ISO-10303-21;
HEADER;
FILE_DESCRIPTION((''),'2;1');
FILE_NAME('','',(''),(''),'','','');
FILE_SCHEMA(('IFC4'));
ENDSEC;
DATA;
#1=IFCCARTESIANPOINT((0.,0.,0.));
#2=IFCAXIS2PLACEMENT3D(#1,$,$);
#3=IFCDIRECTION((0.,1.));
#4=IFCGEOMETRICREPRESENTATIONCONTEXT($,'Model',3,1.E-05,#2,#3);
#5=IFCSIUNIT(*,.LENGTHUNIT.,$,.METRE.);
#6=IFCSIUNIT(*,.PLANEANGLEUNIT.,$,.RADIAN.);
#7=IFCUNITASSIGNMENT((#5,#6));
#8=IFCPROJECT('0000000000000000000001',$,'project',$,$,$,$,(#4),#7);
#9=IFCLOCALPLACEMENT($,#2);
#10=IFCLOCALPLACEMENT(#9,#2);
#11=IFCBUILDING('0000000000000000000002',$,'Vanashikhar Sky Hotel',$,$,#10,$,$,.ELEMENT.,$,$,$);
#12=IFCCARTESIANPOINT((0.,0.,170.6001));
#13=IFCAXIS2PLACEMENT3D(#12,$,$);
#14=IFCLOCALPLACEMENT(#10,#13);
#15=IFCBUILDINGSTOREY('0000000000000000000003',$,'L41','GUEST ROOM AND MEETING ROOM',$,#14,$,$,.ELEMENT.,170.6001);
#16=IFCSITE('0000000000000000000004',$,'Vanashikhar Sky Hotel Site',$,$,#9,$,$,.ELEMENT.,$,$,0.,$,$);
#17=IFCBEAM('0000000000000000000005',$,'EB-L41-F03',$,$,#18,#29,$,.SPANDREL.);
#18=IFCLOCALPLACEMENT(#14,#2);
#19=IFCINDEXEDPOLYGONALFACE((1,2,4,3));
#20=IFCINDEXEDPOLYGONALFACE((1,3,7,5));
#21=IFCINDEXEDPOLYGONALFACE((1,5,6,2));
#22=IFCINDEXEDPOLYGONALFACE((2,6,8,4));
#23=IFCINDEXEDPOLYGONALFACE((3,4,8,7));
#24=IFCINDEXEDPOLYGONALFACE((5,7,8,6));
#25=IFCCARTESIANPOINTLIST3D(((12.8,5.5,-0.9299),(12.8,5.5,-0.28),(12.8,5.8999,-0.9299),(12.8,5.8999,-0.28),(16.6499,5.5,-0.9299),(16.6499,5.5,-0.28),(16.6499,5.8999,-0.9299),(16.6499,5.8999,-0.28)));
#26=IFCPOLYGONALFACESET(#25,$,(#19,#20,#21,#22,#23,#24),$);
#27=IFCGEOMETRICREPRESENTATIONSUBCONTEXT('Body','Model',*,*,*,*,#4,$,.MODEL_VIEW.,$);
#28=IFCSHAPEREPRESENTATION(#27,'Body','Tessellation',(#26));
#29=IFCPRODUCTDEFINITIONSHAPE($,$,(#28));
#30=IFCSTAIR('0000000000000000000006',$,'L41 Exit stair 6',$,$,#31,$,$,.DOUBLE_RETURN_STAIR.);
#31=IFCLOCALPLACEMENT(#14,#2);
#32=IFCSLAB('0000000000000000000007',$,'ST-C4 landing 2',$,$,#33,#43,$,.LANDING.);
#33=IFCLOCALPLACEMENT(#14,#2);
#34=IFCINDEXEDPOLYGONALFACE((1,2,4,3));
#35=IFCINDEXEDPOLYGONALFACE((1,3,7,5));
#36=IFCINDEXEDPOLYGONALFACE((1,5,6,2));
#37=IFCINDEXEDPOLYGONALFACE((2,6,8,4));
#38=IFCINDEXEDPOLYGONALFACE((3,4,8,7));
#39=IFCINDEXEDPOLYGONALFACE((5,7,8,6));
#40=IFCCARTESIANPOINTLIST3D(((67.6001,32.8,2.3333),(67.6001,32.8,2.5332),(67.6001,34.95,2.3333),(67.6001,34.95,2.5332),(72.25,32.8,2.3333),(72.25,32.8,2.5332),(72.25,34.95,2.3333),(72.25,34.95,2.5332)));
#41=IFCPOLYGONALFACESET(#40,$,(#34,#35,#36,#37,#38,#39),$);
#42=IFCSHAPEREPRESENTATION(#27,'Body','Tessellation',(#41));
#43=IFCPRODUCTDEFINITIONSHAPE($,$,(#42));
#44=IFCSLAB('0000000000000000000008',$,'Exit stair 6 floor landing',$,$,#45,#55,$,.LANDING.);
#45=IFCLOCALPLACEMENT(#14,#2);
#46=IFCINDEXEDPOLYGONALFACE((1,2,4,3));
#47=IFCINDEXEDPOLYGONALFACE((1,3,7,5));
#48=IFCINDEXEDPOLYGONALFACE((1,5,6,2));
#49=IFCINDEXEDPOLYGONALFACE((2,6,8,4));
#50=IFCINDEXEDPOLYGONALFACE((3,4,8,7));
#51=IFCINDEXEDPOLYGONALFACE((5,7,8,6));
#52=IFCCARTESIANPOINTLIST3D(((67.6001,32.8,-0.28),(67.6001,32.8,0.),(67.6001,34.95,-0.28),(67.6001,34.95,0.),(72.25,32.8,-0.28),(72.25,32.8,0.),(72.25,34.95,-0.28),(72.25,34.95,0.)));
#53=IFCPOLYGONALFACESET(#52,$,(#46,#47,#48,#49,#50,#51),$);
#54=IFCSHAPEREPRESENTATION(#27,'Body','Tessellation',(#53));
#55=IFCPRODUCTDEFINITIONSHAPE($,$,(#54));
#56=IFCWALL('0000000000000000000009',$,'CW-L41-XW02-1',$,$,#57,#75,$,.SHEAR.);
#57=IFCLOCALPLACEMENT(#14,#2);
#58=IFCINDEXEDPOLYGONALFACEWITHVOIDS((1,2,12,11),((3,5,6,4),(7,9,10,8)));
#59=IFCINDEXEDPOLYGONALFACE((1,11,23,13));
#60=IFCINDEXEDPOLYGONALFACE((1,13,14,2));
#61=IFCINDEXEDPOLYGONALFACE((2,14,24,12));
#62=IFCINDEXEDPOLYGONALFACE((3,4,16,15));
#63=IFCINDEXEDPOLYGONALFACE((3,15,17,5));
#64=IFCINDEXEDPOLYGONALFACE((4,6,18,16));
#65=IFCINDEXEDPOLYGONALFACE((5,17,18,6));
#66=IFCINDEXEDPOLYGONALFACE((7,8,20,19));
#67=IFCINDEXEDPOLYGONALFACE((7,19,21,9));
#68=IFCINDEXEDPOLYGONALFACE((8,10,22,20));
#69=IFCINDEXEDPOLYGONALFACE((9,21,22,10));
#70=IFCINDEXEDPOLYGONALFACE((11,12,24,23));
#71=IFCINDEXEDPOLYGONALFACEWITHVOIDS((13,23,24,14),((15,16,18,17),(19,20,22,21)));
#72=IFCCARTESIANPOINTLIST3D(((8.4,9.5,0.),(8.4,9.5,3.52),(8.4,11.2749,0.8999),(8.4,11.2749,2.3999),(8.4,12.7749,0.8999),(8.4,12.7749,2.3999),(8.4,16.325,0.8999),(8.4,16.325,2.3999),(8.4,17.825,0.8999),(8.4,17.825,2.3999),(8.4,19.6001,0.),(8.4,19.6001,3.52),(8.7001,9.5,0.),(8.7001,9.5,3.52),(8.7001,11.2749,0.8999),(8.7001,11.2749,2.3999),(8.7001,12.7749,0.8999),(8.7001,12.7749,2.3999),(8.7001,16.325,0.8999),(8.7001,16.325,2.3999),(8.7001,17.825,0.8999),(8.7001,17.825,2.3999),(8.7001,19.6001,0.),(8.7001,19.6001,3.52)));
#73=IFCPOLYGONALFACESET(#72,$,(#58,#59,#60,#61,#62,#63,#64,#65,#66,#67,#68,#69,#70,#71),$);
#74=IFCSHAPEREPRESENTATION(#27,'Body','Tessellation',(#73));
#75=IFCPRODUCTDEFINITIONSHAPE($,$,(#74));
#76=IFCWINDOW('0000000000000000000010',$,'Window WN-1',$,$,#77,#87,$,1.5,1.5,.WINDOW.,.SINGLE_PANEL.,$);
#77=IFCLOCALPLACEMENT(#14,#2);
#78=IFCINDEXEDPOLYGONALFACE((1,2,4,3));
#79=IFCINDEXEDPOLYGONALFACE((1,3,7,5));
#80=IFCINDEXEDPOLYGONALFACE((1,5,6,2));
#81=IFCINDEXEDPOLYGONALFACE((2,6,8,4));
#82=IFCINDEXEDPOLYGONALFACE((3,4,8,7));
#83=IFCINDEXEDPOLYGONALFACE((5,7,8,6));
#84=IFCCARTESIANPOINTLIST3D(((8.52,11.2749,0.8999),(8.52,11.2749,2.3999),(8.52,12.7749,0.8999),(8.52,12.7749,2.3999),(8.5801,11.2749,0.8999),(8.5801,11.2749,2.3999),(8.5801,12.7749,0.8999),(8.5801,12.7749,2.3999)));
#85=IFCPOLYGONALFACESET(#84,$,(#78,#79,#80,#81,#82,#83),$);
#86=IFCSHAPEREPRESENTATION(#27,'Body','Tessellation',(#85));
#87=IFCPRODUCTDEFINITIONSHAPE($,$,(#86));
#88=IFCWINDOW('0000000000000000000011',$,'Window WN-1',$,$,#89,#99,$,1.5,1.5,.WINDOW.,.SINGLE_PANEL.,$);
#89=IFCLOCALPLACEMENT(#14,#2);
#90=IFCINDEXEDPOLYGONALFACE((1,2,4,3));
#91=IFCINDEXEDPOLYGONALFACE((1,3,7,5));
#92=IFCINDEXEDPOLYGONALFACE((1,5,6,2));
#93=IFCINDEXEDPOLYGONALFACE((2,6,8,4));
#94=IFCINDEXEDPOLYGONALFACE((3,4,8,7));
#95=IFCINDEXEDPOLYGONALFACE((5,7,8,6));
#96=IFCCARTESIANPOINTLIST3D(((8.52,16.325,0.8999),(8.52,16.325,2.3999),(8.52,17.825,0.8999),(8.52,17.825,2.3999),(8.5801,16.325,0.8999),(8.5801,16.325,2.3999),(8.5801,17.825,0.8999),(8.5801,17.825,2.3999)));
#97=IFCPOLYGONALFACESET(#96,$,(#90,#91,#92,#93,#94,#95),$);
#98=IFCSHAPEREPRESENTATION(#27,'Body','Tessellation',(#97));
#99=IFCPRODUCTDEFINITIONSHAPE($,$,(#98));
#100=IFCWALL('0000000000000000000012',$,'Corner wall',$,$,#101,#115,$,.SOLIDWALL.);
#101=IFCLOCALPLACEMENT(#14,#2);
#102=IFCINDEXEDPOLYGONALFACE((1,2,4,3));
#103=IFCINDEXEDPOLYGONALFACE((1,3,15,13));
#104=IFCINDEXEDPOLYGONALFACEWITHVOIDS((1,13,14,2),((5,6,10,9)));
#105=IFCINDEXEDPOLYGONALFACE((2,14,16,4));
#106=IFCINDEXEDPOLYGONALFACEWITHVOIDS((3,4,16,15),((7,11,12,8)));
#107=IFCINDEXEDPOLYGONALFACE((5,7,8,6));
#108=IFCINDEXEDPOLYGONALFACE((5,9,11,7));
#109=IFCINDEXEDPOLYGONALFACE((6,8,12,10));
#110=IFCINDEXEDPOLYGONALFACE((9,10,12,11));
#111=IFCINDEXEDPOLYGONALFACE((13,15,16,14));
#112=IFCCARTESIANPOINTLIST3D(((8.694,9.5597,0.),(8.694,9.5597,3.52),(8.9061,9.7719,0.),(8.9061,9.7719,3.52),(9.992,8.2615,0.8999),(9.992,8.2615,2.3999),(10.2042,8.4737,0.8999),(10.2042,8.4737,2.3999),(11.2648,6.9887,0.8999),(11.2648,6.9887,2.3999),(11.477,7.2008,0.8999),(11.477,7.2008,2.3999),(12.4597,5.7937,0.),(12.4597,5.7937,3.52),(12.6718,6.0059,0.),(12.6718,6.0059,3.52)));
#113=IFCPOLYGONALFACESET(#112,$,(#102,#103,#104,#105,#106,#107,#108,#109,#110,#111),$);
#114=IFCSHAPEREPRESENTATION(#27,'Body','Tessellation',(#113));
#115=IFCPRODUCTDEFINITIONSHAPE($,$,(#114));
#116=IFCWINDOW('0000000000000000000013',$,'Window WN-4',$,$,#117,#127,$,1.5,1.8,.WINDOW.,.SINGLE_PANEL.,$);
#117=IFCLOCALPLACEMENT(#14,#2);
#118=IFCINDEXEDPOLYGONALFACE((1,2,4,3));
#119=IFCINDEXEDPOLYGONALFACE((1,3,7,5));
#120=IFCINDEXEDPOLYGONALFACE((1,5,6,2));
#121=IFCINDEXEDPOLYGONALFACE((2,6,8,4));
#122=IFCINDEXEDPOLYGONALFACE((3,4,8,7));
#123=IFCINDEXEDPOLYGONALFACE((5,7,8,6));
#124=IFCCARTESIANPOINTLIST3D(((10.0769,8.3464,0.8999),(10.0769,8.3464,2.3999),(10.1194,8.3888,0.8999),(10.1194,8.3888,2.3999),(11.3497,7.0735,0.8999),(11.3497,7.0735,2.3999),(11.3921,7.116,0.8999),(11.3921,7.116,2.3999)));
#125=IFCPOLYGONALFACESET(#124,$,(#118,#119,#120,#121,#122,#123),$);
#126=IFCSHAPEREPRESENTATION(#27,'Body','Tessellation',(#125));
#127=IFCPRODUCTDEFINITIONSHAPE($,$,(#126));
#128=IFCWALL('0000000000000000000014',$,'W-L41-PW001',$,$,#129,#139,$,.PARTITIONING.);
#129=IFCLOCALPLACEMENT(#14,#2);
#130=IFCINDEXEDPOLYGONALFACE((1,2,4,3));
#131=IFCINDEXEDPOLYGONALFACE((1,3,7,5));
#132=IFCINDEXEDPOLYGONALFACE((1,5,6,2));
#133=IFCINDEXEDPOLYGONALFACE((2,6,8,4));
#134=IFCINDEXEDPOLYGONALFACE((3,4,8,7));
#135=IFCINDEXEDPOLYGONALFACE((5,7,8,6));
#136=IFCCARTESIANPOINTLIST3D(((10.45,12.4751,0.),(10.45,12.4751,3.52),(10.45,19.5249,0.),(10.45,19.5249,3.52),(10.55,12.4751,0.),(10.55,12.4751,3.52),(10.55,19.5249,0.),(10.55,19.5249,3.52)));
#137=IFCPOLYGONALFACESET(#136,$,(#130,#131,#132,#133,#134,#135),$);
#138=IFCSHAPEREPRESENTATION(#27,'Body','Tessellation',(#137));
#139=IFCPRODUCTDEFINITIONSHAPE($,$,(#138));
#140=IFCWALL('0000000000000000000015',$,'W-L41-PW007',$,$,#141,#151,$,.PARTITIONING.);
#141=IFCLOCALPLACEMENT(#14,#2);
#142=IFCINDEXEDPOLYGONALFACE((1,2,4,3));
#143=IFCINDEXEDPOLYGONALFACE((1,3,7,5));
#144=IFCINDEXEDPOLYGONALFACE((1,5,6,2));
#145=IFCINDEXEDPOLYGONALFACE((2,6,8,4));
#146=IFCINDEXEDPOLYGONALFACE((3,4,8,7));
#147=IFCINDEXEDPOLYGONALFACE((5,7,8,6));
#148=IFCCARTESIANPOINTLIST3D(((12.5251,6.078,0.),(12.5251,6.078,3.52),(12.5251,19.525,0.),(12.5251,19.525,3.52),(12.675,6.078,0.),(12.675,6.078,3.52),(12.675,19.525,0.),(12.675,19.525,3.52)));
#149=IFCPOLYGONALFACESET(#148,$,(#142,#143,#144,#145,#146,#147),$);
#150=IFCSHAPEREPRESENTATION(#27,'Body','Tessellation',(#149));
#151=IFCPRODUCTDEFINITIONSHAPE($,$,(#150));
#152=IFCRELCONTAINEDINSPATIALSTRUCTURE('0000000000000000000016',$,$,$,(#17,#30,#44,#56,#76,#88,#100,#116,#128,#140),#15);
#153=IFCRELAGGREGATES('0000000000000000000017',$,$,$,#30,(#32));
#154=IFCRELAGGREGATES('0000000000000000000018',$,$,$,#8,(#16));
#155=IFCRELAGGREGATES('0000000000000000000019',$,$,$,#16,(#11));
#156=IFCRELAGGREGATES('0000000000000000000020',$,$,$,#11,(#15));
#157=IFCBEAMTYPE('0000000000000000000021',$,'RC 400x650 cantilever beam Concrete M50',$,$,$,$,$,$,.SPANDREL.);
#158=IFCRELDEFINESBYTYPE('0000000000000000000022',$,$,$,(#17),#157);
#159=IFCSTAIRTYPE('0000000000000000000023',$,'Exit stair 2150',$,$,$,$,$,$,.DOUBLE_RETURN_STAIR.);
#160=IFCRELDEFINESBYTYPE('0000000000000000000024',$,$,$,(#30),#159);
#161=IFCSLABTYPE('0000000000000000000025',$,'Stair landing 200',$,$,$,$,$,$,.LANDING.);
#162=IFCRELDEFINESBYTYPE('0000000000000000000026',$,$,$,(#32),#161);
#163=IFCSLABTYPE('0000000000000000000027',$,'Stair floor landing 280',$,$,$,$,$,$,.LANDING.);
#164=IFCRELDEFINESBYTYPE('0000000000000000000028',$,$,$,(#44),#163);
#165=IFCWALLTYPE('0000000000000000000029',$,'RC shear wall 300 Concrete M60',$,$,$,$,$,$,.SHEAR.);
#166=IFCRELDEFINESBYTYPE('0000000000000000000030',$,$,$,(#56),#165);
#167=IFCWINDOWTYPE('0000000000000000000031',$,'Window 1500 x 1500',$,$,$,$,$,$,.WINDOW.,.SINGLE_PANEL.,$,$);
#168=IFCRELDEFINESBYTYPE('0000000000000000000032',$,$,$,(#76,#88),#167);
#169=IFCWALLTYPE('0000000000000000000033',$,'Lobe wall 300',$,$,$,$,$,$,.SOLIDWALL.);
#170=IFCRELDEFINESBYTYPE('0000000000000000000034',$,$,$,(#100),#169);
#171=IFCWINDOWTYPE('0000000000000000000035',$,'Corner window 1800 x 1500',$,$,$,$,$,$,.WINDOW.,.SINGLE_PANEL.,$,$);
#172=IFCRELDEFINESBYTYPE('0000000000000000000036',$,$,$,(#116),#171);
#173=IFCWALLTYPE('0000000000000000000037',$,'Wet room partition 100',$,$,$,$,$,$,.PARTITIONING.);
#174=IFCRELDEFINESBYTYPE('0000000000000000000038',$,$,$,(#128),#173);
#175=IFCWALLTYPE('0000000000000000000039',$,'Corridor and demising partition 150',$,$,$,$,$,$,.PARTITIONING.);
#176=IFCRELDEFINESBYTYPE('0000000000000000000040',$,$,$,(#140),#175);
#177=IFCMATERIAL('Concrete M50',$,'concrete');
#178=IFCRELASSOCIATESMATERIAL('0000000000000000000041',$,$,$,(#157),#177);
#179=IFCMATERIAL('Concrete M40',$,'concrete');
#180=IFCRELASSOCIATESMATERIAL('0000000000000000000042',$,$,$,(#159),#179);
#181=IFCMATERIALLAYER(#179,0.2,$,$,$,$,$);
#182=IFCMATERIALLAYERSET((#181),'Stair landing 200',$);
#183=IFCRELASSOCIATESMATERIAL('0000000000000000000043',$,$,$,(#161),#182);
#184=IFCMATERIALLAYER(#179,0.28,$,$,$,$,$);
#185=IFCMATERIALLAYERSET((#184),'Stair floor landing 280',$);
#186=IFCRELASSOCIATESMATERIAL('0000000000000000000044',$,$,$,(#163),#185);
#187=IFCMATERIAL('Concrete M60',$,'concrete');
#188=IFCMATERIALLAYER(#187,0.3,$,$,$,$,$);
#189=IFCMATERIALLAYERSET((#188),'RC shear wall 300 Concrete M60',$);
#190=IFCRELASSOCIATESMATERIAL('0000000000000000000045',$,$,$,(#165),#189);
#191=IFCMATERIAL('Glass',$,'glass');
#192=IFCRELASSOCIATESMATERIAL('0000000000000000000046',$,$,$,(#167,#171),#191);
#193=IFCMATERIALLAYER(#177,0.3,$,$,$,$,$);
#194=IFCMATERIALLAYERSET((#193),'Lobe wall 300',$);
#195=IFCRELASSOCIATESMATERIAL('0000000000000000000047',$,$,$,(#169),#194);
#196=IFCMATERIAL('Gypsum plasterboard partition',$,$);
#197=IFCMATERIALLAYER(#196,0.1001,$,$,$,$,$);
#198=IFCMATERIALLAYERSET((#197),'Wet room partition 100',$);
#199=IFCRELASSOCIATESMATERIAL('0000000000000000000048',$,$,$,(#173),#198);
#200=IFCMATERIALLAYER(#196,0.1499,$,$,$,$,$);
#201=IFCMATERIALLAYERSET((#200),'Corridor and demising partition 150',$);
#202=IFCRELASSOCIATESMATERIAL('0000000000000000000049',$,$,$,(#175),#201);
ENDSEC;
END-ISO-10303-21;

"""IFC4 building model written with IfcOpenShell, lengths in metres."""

from ifc_helpers import new_model, si_unit, direction, frame, frame_2d, origin, origin_2d, place, context, subcontext, project, spatial, polyline, rectangle, outline, extrude, source, transform, mapped, material, layer, layer_set, material_profile, profile_set, type_object, element, fill, aggregate, save


model = new_model("IFC4")

# Units and contexts
model_context = context("Model", 3, precision=1e-05, world=origin(), true_north=direction((0.0, 1.0)))
body_context = subcontext(model_context, "Body", "Model", "MODEL_VIEW")
ifc_project = project(units=[si_unit("LENGTHUNIT", "METRE"), si_unit("PLANEANGLEUNIT", "RADIAN")], contexts=[model_context])

# Site, building, storey
site_placement = place(None, origin())
site = spatial("IfcSite", under=ifc_project, at=site_placement, Name="Vanashikhar Sky Hotel Site", CompositionType="ELEMENT", RefElevation=0.0)
building_placement = place(site_placement, origin())
building = spatial("IfcBuilding", under=site, at=building_placement, Name="Vanashikhar Sky Hotel", CompositionType="ELEMENT")
storey_placement = place(building_placement, frame((0.0, 0.0, 170.6001)))
storey = spatial("IfcBuildingStorey", under=building, at=storey_placement, Name="L41", Description="GUEST ROOM AND MEETING ROOM", CompositionType="ELEMENT", Elevation=170.6001)

# Beam
ifc_material_1 = material(Name="Concrete M50", Category="concrete")
ifc_material_profile = material_profile(ifc_material_1, rectangle(XDim=0.3999, YDim=0.6499, at=origin_2d()))
ifc_profile_set = profile_set([ifc_material_profile], Name="RC 400x650 cantilever beam Concrete M50")
beam_type = type_object("IfcBeamType", Name="RC 400x650 cantilever beam Concrete M50", PredefinedType="SPANDREL", material=ifc_profile_set)
shared_shape_1 = source(origin(), body_context, "Body", "SweptSolid", [
    extrude(rectangle(XDim=0.3999, YDim=0.6499, at=origin_2d()), origin(), (0.0, 0.0, 1.0), 3.8499),
])
beam_placement = place(storey_placement, frame((12.8, 5.7, -0.605), z_axis=(1.0, 0.0, 0.0), x_axis=(0.0, 1.0, 0.0)))
element("IfcBeam", 1, at=beam_placement, inside=storey, type_object=beam_type, Name="EB-L41-F03", PredefinedType="SPANDREL", context=body_context, shape_type="MappedRepresentation", body=[
    mapped(shared_shape_1, transform((0.0, 0.0, 0.0), scale=1.0)),
])

# Stair, slab
ifc_material_2 = material(Name="Concrete M40", Category="concrete")
stair_type = type_object("IfcStairType", Name="Exit stair 2150", PredefinedType="DOUBLE_RETURN_STAIR", material=ifc_material_2)
stair_placement = place(storey_placement, origin())
stair = element("IfcStair", 2, at=stair_placement, inside=storey, type_object=stair_type, Name="L41 Exit stair 6", PredefinedType="DOUBLE_RETURN_STAIR")
ifc_layer_1 = layer(ifc_material_2, 0.2)
ifc_layer_set_1 = layer_set([ifc_layer_1], Name="Stair landing 200")
slab_type_1 = type_object("IfcSlabType", Name="Stair landing 200", PredefinedType="LANDING", material=ifc_layer_set_1)
shared_shape_2 = source(origin(), body_context, "Body", "SweptSolid", [
    extrude(outline(polyline([(72.25, 32.8), (72.25, 34.95), (67.6001, 34.95), (67.6001, 32.8), (72.25, 32.8)])), origin(), (0.0, 0.0, 1.0), 0.2),
])
slab_1_placement = place(storey_placement, frame((0.0, 0.0, 2.3333)))
slab_1 = element("IfcSlab", 3, at=slab_1_placement, type_object=slab_type_1, Name="ST-C4 landing 2", PredefinedType="LANDING", context=body_context, shape_type="MappedRepresentation", body=[
    mapped(shared_shape_2, transform((0.0, 0.0, 0.0), scale=1.0)),
])
aggregate(stair, [slab_1])

# Slab
ifc_layer_2 = layer(ifc_material_2, 0.28)
ifc_layer_set_2 = layer_set([ifc_layer_2], Name="Stair floor landing 280")
slab_type_2 = type_object("IfcSlabType", Name="Stair floor landing 280", PredefinedType="LANDING", material=ifc_layer_set_2)
shared_shape_3 = source(origin(), body_context, "Body", "SweptSolid", [
    extrude(outline(polyline([(72.25, 32.8), (72.25, 34.95), (67.6001, 34.95), (67.6001, 32.8), (72.25, 32.8)])), origin(), (0.0, 0.0, 1.0), 0.28),
])
slab_2_placement = place(storey_placement, frame((0.0, 0.0, -0.28)))
element("IfcSlab", 4, at=slab_2_placement, inside=storey, type_object=slab_type_2, Name="Exit stair 6 floor landing", PredefinedType="LANDING", context=body_context, shape_type="MappedRepresentation", body=[
    mapped(shared_shape_3, transform((0.0, 0.0, 0.0), scale=1.0)),
])

# Wall, openings, windows
ifc_material_3 = material(Name="Concrete M60", Category="concrete")
ifc_layer_3 = layer(ifc_material_3, 0.3)
ifc_layer_set_3 = layer_set([ifc_layer_3], Name="RC shear wall 300 Concrete M60")
wall_type_1 = type_object("IfcWallType", Name="RC shear wall 300 Concrete M60", PredefinedType="SHEAR", material=ifc_layer_set_3)
shared_shape_4 = source(origin(), body_context, "Body", "SweptSolid", [
    extrude(rectangle(XDim=10.1001, YDim=0.3, at=frame_2d((5.05, 0.0))), origin(), (0.0, 0.0, 1.0), 3.52),
])
wall_1_placement = place(storey_placement, frame((8.55, 9.5, 0.0), z_axis=(0.0, 0.0, 1.0), x_axis=(0.0, 1.0, 0.0)))
wall_1 = element("IfcWall", 5, at=wall_1_placement, inside=storey, type_object=wall_type_1, Name="CW-L41-XW02-1", PredefinedType="SHEAR", context=body_context, shape_type="MappedRepresentation", body=[
    mapped(shared_shape_4, transform((0.0, 0.0, 0.0), scale=1.0)),
])
shared_shape_5 = source(origin(), body_context, "Body", "SweptSolid", [
    extrude(rectangle(XDim=1.5, YDim=1.5, at=frame_2d((0.75, 0.75))), frame((0.0, 0.1602, 0.0), z_axis=(0.0, -1.0, 0.0), x_axis=(1.0, 0.0, 0.0)), (0.0, 0.0, 1.0), 0.3201),
])
opening_1_placement = place(wall_1_placement, frame((1.7749, 0.0, 0.8999)))
opening_1 = element("IfcOpeningElement", 6, at=opening_1_placement, cuts=wall_1, PredefinedType="OPENING", context=body_context, shape_type="MappedRepresentation", body=[
    mapped(shared_shape_5, transform((0.0, 0.0, 0.0), scale=1.0)),
])
opening_2_placement = place(wall_1_placement, frame((6.825, 0.0, 0.8999)))
opening_2 = element("IfcOpeningElement", 7, at=opening_2_placement, cuts=wall_1, PredefinedType="OPENING", context=body_context, shape_type="MappedRepresentation", body=[
    mapped(shared_shape_5, transform((0.0, 0.0, 0.0), scale=1.0)),
])
ifc_material_4 = material(Name="Glass", Category="glass")
window_type_1 = type_object("IfcWindowType", Name="Window 1500 x 1500", PartitioningType="SINGLE_PANEL", PredefinedType="WINDOW", material=ifc_material_4)
shared_shape_6 = source(origin(), body_context, "Body", "SweptSolid", [
    extrude(rectangle(XDim=1.5, YDim=1.5, at=frame_2d((0.75, 0.75))), frame((0.0, 0.03, 0.0), z_axis=(0.0, -1.0, 0.0), x_axis=(1.0, 0.0, 0.0)), (0.0, 0.0, 1.0), 0.0601),
])
window_1_placement = place(opening_1_placement, origin())
window_1 = element("IfcWindow", 8, at=window_1_placement, inside=storey, type_object=window_type_1, Name="Window WN-1", OverallHeight=1.5, OverallWidth=1.5, PartitioningType="SINGLE_PANEL", PredefinedType="WINDOW", context=body_context, shape_type="MappedRepresentation", body=[
    mapped(shared_shape_6, transform((0.0, 0.0, 0.0), scale=1.0)),
])
fill(opening_1, window_1)
window_2_placement = place(opening_2_placement, origin())
window_2 = element("IfcWindow", 9, at=window_2_placement, inside=storey, type_object=window_type_1, Name="Window WN-1", OverallHeight=1.5, OverallWidth=1.5, PartitioningType="SINGLE_PANEL", PredefinedType="WINDOW", context=body_context, shape_type="MappedRepresentation", body=[
    mapped(shared_shape_6, transform((0.0, 0.0, 0.0), scale=1.0)),
])
fill(opening_2, window_2)

# Wall, opening, window
ifc_layer_4 = layer(ifc_material_1, 0.3)
ifc_layer_set_4 = layer_set([ifc_layer_4], Name="Lobe wall 300")
wall_type_2 = type_object("IfcWallType", Name="Lobe wall 300", PredefinedType="SOLIDWALL", material=ifc_layer_set_4)
shared_shape_7 = source(origin(), body_context, "Body", "SweptSolid", [
    extrude(rectangle(XDim=5.3257, YDim=0.3, at=frame_2d((2.6628, 0.0))), origin(), (0.0, 0.0, 1.0), 3.52),
])
wall_2_placement = place(storey_placement, frame((8.8, 9.6658, 0.0), z_axis=(0.0, 0.0, 1.0), x_axis=(0.707084, -0.70713, 0.0)))
wall_2 = element("IfcWall", 10, at=wall_2_placement, inside=storey, type_object=wall_type_2, Name="Corner wall", PredefinedType="SOLIDWALL", context=body_context, shape_type="MappedRepresentation", body=[
    mapped(shared_shape_7, transform((0.0, 0.0, 0.0), scale=1.0)),
])
shared_shape_8 = source(origin(), body_context, "Body", "SweptSolid", [
    extrude(rectangle(XDim=1.8, YDim=1.5, at=frame_2d((0.8999, 0.75))), frame((0.0, 0.1602, 0.0), z_axis=(0.0, -1.0, 0.0), x_axis=(1.0, 0.0, 0.0)), (0.0, 0.0, 1.0), 0.3201),
])
opening_3_placement = place(wall_2_placement, frame((1.8359, 0.0, 0.8999)))
opening_3 = element("IfcOpeningElement", 11, at=opening_3_placement, cuts=wall_2, PredefinedType="OPENING", context=body_context, shape_type="MappedRepresentation", body=[
    mapped(shared_shape_8, transform((0.0, 0.0, 0.0), scale=1.0)),
])
window_type_2 = type_object("IfcWindowType", Name="Corner window 1800 x 1500", PartitioningType="SINGLE_PANEL", PredefinedType="WINDOW", material=ifc_material_4)
shared_shape_9 = source(origin(), body_context, "Body", "SweptSolid", [
    extrude(rectangle(XDim=1.8, YDim=1.5, at=frame_2d((0.8999, 0.75))), frame((0.0, 0.03, 0.0), z_axis=(0.0, -1.0, 0.0), x_axis=(1.0, 0.0, 0.0)), (0.0, 0.0, 1.0), 0.0601),
])
window_3_placement = place(opening_3_placement, origin())
window_3 = element("IfcWindow", 12, at=window_3_placement, inside=storey, type_object=window_type_2, Name="Window WN-4", OverallHeight=1.5, OverallWidth=1.8, PartitioningType="SINGLE_PANEL", PredefinedType="WINDOW", context=body_context, shape_type="MappedRepresentation", body=[
    mapped(shared_shape_9, transform((0.0, 0.0, 0.0), scale=1.0)),
])
fill(opening_3, window_3)

# Walls
ifc_material_5 = material(Name="Gypsum plasterboard partition")
ifc_layer_5 = layer(ifc_material_5, 0.1001)
ifc_layer_set_5 = layer_set([ifc_layer_5], Name="Wet room partition 100")
wall_type_3 = type_object("IfcWallType", Name="Wet room partition 100", PredefinedType="PARTITIONING", material=ifc_layer_set_5)
shared_shape_10 = source(origin(), body_context, "Body", "SweptSolid", [
    extrude(rectangle(XDim=7.0498, YDim=0.1001, at=frame_2d((3.5249, 0.0))), origin(), (0.0, 0.0, 1.0), 3.52),
])
wall_3_placement = place(storey_placement, frame((10.5, 12.4751, 0.0), z_axis=(0.0, 0.0, 1.0), x_axis=(0.0, 1.0, 0.0)))
element("IfcWall", 13, at=wall_3_placement, inside=storey, type_object=wall_type_3, Name="W-L41-PW001", PredefinedType="PARTITIONING", context=body_context, shape_type="MappedRepresentation", body=[
    mapped(shared_shape_10, transform((0.0, 0.0, 0.0), scale=1.0)),
])
ifc_layer_6 = layer(ifc_material_5, 0.1499)
ifc_layer_set_6 = layer_set([ifc_layer_6], Name="Corridor and demising partition 150")
wall_type_4 = type_object("IfcWallType", Name="Corridor and demising partition 150", PredefinedType="PARTITIONING", material=ifc_layer_set_6)
shared_shape_11 = source(origin(), body_context, "Body", "SweptSolid", [
    extrude(rectangle(XDim=13.447, YDim=0.1499, at=frame_2d((6.7236, 0.0))), origin(), (0.0, 0.0, 1.0), 3.52),
])
wall_4_placement = place(storey_placement, frame((12.6001, 6.0779, 0.0), z_axis=(0.0, 0.0, 1.0), x_axis=(0.0, 1.0, 0.0)))
element("IfcWall", 14, at=wall_4_placement, inside=storey, type_object=wall_type_4, Name="W-L41-PW007", PredefinedType="PARTITIONING", context=body_context, shape_type="MappedRepresentation", body=[
    mapped(shared_shape_11, transform((0.0, 0.0, 0.0), scale=1.0)),
])

save(model, "model.ifc")
